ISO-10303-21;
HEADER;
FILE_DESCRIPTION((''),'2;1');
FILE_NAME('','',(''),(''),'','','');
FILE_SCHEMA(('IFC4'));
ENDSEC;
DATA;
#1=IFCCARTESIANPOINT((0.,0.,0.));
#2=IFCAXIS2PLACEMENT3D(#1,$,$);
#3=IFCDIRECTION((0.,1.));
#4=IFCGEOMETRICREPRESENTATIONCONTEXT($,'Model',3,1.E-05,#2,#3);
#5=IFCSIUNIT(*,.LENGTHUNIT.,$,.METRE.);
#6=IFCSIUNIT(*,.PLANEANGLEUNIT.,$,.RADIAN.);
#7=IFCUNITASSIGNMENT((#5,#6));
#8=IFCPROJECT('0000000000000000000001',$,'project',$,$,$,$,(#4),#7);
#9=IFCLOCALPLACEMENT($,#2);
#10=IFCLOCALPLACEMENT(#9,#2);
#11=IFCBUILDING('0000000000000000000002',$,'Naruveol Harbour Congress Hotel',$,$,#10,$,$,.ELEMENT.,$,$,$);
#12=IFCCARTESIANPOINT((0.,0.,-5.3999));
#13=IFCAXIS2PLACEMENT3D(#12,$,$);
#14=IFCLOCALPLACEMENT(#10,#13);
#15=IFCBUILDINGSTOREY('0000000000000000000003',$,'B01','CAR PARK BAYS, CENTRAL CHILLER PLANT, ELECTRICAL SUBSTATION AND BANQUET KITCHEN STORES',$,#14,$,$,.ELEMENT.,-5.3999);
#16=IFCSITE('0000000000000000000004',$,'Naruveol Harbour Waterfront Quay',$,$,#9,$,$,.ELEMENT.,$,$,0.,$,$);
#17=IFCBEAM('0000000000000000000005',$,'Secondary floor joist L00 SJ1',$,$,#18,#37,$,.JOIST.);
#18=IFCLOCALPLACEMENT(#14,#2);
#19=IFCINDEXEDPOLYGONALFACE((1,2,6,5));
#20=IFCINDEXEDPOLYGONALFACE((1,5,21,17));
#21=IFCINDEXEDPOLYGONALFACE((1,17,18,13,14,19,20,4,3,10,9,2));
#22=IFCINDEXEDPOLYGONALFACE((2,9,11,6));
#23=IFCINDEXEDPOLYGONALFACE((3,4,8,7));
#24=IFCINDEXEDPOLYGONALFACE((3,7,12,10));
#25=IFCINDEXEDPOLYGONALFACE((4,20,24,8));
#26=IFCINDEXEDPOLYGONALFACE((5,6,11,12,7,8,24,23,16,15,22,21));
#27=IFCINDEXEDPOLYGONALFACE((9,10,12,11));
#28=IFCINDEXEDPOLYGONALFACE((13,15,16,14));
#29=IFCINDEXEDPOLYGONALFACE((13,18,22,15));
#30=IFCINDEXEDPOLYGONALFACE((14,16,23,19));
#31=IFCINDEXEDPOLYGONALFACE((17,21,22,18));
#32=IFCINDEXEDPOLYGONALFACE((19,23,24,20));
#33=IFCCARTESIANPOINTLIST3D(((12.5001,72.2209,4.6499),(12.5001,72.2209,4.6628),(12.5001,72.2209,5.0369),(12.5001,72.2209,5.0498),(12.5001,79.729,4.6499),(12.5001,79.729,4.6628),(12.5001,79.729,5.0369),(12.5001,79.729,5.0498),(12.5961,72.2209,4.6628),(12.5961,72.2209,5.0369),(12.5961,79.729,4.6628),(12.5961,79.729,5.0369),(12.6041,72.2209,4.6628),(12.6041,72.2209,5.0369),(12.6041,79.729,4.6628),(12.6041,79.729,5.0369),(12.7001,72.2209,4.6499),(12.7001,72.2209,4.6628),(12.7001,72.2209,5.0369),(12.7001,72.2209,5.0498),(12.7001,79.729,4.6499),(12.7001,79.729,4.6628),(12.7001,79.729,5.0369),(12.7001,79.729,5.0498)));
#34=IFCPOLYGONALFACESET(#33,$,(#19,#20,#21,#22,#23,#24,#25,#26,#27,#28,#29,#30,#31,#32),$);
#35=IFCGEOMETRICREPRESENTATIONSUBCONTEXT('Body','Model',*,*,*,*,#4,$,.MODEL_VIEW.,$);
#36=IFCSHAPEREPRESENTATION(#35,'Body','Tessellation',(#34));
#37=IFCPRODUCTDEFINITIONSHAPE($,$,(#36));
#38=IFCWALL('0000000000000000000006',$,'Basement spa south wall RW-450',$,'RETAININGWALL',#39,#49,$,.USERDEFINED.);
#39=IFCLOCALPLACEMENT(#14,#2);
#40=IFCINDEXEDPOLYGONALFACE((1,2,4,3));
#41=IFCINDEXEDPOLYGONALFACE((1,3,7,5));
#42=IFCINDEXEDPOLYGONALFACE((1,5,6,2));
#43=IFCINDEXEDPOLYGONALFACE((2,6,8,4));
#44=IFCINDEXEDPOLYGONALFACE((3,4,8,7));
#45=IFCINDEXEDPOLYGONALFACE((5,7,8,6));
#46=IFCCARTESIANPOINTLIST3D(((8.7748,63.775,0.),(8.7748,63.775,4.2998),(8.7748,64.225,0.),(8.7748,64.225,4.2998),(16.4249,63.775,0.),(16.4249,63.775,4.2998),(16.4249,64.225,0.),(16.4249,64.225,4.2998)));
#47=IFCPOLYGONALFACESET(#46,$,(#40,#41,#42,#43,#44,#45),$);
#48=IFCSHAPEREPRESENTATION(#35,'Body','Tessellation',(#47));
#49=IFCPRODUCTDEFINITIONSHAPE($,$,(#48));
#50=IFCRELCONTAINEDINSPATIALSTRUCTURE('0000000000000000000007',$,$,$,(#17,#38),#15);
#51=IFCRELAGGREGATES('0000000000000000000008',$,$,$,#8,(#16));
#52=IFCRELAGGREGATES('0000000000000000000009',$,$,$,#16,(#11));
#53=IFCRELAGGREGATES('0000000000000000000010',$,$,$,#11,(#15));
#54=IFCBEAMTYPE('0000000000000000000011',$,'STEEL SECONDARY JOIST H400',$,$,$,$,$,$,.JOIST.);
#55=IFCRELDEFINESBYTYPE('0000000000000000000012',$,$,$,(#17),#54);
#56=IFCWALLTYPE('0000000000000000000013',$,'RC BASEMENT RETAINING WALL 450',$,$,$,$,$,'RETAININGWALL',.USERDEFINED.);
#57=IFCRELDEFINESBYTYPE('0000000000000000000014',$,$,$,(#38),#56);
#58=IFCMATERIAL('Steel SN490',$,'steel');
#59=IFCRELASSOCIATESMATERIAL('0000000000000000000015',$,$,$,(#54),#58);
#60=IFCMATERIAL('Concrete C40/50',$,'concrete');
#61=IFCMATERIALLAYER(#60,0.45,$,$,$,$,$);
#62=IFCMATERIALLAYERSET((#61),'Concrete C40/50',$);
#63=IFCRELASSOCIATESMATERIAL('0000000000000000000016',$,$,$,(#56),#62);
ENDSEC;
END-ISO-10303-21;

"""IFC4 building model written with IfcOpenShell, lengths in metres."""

from ifc_helpers import new_model, si_unit, direction, frame, frame_2d, origin, origin_2d, place, context, subcontext, project, spatial, rectangle, i_section, extrude, material, layer, layer_set, material_profile, profile_set, type_object, element, save


model = new_model("IFC4")

# Units and contexts
model_context = context("Model", 3, precision=1e-05, world=origin(), true_north=direction((0.0, 1.0)))
body_context = subcontext(model_context, "Body", "Model", "MODEL_VIEW")
ifc_project = project(units=[si_unit("LENGTHUNIT", "METRE"), si_unit("PLANEANGLEUNIT", "RADIAN")], contexts=[model_context])

# Site, building, storey
site_placement = place(None, origin())
site = spatial("IfcSite", under=ifc_project, at=site_placement, Name="Naruveol Harbour Waterfront Quay", CompositionType="ELEMENT", RefElevation=0.0)
building_placement = place(site_placement, origin())
building = spatial("IfcBuilding", under=site, at=building_placement, Name="Naruveol Harbour Congress Hotel", CompositionType="ELEMENT")
storey_placement = place(building_placement, frame((0.0, 0.0, -5.3999)))
storey = spatial("IfcBuildingStorey", under=building, at=storey_placement, Name="B01", Description="CAR PARK BAYS, CENTRAL CHILLER PLANT, ELECTRICAL SUBSTATION AND BANQUET KITCHEN STORES", CompositionType="ELEMENT", Elevation=-5.3999)

# Beam
ifc_material_1 = material(Name="Steel SN490", Category="steel")
ifc_material_profile_1 = material_profile(ifc_material_1, i_section(OverallWidth=0.2, OverallDepth=0.3999, WebThickness=0.0081, FlangeThickness=0.0129, at=origin_2d()), Name="H-400x200x8x13")
ifc_profile_set_1 = profile_set([ifc_material_profile_1], Name="Steel SN490")
beam_type_1 = type_object("IfcBeamType", Name="STEEL SECONDARY JOIST H400", PredefinedType="JOIST", material=ifc_profile_set_1)
beam_1_placement = place(storey_placement, frame((12.6001, 72.2209, 4.8499), z_axis=(0.0, 1.0, 0.0), x_axis=(-1.0, 0.0, 0.0)))
element("IfcBeam", 1, at=beam_1_placement, inside=storey, type_object=beam_type_1, Name="Secondary floor joist L00 SJ1", PredefinedType="JOIST", context=body_context, shape_type="SweptSolid", body=[
    extrude(i_section(OverallWidth=0.2, OverallDepth=0.3999, WebThickness=0.0081, FlangeThickness=0.0129, at=origin_2d()), origin(), (0.0, 0.0, 1.0), 7.5081),
])

# Wall
ifc_material_2 = material(Name="Concrete C40/50", Category="concrete")
ifc_layer = layer(ifc_material_2, 0.45)
ifc_layer_set = layer_set([ifc_layer], Name="Concrete C40/50")
wall_type = type_object("IfcWallType", Name="RC BASEMENT RETAINING WALL 450", ElementType="RETAININGWALL", PredefinedType="USERDEFINED", material=ifc_layer_set)
wall_placement = place(storey_placement, frame((16.425, 64.0, 0.0), z_axis=(0.0, 0.0, 1.0), x_axis=(-1.0, 0.0, 0.0)))
element("IfcWall", 2, at=wall_placement, inside=storey, type_object=wall_type, Name="Basement spa south wall RW-450", ObjectType="RETAININGWALL", PredefinedType="USERDEFINED", context=body_context, shape_type="SweptSolid", body=[
    extrude(rectangle(XDim=7.6501, YDim=0.45, at=frame_2d((3.8252, 0.0))), origin(), (0.0, 0.0, 1.0), 4.2998),
])

save(model, "model.ifc")
